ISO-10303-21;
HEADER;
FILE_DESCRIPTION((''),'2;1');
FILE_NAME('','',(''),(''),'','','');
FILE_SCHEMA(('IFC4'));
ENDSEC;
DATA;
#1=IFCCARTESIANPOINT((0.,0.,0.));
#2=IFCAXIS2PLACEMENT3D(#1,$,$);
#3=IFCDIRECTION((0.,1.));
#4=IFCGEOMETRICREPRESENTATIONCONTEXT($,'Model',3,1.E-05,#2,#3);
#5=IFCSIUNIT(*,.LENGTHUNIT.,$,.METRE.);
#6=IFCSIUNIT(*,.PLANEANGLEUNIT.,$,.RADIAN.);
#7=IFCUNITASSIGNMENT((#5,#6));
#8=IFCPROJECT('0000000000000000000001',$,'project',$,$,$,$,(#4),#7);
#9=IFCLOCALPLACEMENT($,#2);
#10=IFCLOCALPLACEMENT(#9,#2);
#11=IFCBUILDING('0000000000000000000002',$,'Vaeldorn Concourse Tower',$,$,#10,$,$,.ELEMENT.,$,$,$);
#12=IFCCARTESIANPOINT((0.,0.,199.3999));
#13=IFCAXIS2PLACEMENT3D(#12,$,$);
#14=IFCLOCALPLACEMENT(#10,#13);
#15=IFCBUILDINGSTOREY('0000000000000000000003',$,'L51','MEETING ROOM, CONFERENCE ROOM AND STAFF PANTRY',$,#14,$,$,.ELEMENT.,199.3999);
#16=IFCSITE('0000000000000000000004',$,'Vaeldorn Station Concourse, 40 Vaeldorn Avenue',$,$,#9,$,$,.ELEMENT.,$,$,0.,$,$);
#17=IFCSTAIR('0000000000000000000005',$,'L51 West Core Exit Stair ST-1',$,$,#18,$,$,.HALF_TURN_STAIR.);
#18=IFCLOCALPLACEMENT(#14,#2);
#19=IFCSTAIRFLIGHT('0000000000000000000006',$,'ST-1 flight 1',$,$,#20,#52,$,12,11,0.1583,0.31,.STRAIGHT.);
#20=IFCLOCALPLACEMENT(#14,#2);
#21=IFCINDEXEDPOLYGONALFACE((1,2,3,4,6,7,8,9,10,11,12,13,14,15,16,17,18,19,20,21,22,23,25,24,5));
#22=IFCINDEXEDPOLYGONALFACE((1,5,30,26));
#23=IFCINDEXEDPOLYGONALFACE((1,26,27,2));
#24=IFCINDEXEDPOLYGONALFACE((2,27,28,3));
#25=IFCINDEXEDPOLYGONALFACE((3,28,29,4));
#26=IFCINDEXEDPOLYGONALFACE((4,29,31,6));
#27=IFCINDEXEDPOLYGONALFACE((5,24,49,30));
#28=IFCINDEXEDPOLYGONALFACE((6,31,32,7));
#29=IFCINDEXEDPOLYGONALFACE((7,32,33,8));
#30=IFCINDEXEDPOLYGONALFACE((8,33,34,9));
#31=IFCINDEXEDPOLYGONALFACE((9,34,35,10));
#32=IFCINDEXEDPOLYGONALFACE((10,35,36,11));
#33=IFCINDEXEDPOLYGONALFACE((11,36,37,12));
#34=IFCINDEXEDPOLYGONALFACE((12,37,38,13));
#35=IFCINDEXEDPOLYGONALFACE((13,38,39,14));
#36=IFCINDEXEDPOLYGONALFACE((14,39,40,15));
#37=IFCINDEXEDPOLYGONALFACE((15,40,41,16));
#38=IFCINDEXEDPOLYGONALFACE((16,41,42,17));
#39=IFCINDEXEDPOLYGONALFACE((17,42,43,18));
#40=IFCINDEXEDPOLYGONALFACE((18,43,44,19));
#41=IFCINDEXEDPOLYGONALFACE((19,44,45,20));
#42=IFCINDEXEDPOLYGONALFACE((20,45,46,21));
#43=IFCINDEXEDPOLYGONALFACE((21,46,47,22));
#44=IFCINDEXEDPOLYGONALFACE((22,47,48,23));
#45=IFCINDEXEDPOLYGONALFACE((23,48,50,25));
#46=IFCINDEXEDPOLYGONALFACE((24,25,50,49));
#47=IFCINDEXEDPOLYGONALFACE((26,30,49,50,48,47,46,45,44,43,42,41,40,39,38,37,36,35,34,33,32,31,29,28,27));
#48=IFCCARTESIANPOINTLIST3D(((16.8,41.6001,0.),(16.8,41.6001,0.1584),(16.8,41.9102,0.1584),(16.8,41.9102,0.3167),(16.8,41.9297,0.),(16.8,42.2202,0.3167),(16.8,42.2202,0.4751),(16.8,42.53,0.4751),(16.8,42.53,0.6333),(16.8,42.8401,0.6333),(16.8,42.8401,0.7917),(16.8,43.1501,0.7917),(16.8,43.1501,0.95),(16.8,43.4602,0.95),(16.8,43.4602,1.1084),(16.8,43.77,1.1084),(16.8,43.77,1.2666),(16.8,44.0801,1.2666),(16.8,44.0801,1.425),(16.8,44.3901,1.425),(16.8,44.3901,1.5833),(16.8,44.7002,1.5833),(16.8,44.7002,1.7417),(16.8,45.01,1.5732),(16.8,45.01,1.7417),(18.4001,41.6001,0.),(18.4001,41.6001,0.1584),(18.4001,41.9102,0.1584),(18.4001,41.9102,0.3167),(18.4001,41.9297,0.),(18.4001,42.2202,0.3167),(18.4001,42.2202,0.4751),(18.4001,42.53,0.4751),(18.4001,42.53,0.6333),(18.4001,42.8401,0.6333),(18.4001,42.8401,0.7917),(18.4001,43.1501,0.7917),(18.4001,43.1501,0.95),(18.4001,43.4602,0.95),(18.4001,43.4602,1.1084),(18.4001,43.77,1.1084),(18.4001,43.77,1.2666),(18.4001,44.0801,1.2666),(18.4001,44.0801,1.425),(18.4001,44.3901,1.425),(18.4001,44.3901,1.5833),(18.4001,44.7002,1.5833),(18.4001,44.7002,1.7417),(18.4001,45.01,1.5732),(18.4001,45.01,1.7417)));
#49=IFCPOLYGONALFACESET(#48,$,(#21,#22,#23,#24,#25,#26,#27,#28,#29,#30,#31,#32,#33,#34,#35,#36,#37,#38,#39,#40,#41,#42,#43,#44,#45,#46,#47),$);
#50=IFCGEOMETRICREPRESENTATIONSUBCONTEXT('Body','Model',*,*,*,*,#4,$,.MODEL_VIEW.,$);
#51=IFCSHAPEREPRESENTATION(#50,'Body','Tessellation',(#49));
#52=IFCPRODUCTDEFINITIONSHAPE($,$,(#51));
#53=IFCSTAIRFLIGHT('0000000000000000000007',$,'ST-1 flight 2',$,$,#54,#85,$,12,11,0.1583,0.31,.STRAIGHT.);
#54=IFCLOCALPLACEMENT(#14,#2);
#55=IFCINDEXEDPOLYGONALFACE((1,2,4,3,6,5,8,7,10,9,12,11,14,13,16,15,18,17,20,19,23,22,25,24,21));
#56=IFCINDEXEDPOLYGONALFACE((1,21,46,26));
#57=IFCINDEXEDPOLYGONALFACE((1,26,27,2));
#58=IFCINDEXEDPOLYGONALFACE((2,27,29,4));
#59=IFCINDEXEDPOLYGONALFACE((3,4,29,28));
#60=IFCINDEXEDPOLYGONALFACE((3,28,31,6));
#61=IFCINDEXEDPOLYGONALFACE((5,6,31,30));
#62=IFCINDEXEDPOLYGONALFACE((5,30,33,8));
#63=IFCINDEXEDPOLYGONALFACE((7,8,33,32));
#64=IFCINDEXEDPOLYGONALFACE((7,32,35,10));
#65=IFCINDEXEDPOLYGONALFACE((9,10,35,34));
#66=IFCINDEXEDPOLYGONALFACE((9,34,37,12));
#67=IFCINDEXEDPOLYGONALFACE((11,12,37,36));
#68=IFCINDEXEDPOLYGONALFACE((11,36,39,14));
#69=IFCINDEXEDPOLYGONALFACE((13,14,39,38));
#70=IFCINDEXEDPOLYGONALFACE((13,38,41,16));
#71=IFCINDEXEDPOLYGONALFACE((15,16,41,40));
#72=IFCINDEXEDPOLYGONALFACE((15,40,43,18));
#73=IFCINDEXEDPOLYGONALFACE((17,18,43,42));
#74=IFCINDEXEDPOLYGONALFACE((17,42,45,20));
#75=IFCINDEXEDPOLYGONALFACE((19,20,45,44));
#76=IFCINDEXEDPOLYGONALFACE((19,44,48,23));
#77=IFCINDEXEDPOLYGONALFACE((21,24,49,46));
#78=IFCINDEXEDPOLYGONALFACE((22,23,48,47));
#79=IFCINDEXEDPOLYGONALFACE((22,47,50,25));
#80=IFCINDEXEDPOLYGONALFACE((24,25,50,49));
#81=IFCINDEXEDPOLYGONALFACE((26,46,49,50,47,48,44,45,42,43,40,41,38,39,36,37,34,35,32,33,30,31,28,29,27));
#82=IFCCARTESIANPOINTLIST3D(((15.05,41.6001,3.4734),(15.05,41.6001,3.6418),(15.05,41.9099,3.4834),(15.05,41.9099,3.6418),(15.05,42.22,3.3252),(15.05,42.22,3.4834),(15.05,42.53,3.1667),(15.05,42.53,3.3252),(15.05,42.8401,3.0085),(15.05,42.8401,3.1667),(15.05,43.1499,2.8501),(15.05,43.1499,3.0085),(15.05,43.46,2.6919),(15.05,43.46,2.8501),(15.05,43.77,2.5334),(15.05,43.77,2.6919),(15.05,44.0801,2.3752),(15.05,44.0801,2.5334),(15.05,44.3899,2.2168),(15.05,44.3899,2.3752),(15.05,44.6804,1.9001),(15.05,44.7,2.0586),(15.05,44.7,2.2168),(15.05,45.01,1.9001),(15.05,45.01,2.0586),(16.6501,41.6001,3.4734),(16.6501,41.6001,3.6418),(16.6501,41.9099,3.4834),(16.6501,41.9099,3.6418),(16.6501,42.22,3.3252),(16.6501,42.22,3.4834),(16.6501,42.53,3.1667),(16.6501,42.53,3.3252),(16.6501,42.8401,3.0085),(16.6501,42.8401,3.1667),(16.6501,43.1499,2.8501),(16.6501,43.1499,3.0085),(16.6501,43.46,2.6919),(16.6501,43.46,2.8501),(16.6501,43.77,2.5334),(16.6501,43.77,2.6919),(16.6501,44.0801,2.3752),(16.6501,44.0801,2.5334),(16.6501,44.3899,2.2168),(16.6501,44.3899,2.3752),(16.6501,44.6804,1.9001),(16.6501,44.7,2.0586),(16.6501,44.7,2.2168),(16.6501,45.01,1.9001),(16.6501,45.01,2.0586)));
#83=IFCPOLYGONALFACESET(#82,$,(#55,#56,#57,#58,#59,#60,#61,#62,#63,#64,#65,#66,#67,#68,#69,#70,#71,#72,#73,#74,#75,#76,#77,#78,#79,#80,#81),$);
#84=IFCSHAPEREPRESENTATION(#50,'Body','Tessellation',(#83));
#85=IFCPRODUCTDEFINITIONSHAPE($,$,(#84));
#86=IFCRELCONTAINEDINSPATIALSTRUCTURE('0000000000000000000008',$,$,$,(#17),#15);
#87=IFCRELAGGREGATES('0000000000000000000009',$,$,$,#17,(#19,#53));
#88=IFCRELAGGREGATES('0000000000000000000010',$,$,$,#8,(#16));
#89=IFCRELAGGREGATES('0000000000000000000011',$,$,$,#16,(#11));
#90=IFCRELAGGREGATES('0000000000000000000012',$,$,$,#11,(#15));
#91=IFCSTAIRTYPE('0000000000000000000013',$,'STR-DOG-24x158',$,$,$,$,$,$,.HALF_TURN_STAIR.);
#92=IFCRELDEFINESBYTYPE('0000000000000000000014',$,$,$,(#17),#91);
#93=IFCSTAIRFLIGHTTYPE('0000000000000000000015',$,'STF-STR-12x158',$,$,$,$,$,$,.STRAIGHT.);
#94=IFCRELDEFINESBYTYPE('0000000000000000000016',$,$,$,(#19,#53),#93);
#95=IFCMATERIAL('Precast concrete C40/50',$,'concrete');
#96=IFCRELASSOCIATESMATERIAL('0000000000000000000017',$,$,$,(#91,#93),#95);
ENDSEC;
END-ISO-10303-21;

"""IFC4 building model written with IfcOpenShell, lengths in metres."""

from ifc_helpers import new_model, si_unit, direction, frame, origin, place, context, subcontext, project, spatial, polyline, outline, extrude, material, type_object, element, aggregate, save


model = new_model("IFC4")

# Units and contexts
model_context = context("Model", 3, precision=1e-05, world=origin(), true_north=direction((0.0, 1.0)))
body_context = subcontext(model_context, "Body", "Model", "MODEL_VIEW")
ifc_project = project(units=[si_unit("LENGTHUNIT", "METRE"), si_unit("PLANEANGLEUNIT", "RADIAN")], contexts=[model_context])

# Site, building, storey
site_placement = place(None, origin())
site = spatial("IfcSite", under=ifc_project, at=site_placement, Name="Vaeldorn Station Concourse, 40 Vaeldorn Avenue", CompositionType="ELEMENT", RefElevation=0.0)
building_placement = place(site_placement, origin())
building = spatial("IfcBuilding", under=site, at=building_placement, Name="Vaeldorn Concourse Tower", CompositionType="ELEMENT")
storey_placement = place(building_placement, frame((0.0, 0.0, 199.3999)))
storey = spatial("IfcBuildingStorey", under=building, at=storey_placement, Name="L51", Description="MEETING ROOM, CONFERENCE ROOM AND STAFF PANTRY", CompositionType="ELEMENT", Elevation=199.3999)

# Stair, stair flights
ifc_material_1 = material(Name="Precast concrete C40/50", Category="concrete")
stair_type = type_object("IfcStairType", Name="STR-DOG-24x158", PredefinedType="HALF_TURN_STAIR", material=ifc_material_1)
stair_placement = place(storey_placement, origin())
stair = element("IfcStair", 1, at=stair_placement, inside=storey, type_object=stair_type, Name="L51 West Core Exit Stair ST-1", PredefinedType="HALF_TURN_STAIR")
stair_flight_type = type_object("IfcStairFlightType", Name="STF-STR-12x158", PredefinedType="STRAIGHT", material=ifc_material_1)
stair_flight_1_placement = place(storey_placement, frame((17.6001, 41.6001, 0.0), z_axis=(0.0, 0.0, 1.0), x_axis=(0.0, 1.0, 0.0)))
stair_flight_1 = element("IfcStairFlight", 2, at=stair_flight_1_placement, type_object=stair_flight_type, Name="ST-1 flight 1", NumberOfRisers=12, NumberOfTreads=11, PredefinedType="STRAIGHT", RiserHeight=0.1583, TreadLength=0.31, context=body_context, shape_type="SweptSolid", body=[
    extrude(outline(polyline([(0.0, 0.0), (0.0, 0.1584), (0.3101, 0.1584), (0.3101, 0.3167), (0.6201, 0.3167), (0.6201, 0.4751), (0.9299, 0.4751), (0.9299, 0.6333), (1.24, 0.6333), (1.24, 0.7917), (1.55, 0.7917), (1.55, 0.95), (1.8601, 0.95), (1.8601, 1.1084), (2.1699, 1.1084), (2.1699, 1.2666), (2.48, 1.2666), (2.48, 1.425), (2.79, 1.425), (2.79, 1.5833), (3.1001, 1.5833), (3.1001, 1.7417), (3.4099, 1.7417), (3.4099, 1.8999), (3.4099, 1.5732), (0.3296, 0.0), (0.0, 0.0)])), frame((0.0, 0.8, 0.0), z_axis=(0.0, -1.0, 0.0), x_axis=(1.0, 0.0, 0.0)), (0.0, 0.0, 1.0), 1.6001),
])
stair_flight_2_placement = place(storey_placement, frame((15.8501, 45.01, 1.9001), z_axis=(0.0, 0.0, 1.0), x_axis=(0.0, -1.0, 0.0)))
stair_flight_2 = element("IfcStairFlight", 3, at=stair_flight_2_placement, type_object=stair_flight_type, Name="ST-1 flight 2", NumberOfRisers=12, NumberOfTreads=11, PredefinedType="STRAIGHT", RiserHeight=0.1583, TreadLength=0.31, context=body_context, shape_type="SweptSolid", body=[
    extrude(outline(polyline([(0.0, 0.0), (0.0, 0.1584), (0.3101, 0.1584), (0.3101, 0.3167), (0.6201, 0.3167), (0.6201, 0.4751), (0.9299, 0.4751), (0.9299, 0.6333), (1.24, 0.6333), (1.24, 0.7917), (1.55, 0.7917), (1.55, 0.95), (1.8601, 0.95), (1.8601, 1.1084), (2.1699, 1.1084), (2.1699, 1.2666), (2.48, 1.2666), (2.48, 1.425), (2.79, 1.425), (2.79, 1.5833), (3.1001, 1.5833), (3.1001, 1.7417), (3.4099, 1.7417), (3.4099, 1.8999), (3.4099, 1.5732), (0.3296, 0.0), (0.0, 0.0)])), frame((0.0, 0.8, 0.0), z_axis=(0.0, -1.0, 0.0), x_axis=(1.0, 0.0, 0.0)), (0.0, 0.0, 1.0), 1.6001),
])
aggregate(stair, [stair_flight_1, stair_flight_2])

save(model, "model.ifc")
